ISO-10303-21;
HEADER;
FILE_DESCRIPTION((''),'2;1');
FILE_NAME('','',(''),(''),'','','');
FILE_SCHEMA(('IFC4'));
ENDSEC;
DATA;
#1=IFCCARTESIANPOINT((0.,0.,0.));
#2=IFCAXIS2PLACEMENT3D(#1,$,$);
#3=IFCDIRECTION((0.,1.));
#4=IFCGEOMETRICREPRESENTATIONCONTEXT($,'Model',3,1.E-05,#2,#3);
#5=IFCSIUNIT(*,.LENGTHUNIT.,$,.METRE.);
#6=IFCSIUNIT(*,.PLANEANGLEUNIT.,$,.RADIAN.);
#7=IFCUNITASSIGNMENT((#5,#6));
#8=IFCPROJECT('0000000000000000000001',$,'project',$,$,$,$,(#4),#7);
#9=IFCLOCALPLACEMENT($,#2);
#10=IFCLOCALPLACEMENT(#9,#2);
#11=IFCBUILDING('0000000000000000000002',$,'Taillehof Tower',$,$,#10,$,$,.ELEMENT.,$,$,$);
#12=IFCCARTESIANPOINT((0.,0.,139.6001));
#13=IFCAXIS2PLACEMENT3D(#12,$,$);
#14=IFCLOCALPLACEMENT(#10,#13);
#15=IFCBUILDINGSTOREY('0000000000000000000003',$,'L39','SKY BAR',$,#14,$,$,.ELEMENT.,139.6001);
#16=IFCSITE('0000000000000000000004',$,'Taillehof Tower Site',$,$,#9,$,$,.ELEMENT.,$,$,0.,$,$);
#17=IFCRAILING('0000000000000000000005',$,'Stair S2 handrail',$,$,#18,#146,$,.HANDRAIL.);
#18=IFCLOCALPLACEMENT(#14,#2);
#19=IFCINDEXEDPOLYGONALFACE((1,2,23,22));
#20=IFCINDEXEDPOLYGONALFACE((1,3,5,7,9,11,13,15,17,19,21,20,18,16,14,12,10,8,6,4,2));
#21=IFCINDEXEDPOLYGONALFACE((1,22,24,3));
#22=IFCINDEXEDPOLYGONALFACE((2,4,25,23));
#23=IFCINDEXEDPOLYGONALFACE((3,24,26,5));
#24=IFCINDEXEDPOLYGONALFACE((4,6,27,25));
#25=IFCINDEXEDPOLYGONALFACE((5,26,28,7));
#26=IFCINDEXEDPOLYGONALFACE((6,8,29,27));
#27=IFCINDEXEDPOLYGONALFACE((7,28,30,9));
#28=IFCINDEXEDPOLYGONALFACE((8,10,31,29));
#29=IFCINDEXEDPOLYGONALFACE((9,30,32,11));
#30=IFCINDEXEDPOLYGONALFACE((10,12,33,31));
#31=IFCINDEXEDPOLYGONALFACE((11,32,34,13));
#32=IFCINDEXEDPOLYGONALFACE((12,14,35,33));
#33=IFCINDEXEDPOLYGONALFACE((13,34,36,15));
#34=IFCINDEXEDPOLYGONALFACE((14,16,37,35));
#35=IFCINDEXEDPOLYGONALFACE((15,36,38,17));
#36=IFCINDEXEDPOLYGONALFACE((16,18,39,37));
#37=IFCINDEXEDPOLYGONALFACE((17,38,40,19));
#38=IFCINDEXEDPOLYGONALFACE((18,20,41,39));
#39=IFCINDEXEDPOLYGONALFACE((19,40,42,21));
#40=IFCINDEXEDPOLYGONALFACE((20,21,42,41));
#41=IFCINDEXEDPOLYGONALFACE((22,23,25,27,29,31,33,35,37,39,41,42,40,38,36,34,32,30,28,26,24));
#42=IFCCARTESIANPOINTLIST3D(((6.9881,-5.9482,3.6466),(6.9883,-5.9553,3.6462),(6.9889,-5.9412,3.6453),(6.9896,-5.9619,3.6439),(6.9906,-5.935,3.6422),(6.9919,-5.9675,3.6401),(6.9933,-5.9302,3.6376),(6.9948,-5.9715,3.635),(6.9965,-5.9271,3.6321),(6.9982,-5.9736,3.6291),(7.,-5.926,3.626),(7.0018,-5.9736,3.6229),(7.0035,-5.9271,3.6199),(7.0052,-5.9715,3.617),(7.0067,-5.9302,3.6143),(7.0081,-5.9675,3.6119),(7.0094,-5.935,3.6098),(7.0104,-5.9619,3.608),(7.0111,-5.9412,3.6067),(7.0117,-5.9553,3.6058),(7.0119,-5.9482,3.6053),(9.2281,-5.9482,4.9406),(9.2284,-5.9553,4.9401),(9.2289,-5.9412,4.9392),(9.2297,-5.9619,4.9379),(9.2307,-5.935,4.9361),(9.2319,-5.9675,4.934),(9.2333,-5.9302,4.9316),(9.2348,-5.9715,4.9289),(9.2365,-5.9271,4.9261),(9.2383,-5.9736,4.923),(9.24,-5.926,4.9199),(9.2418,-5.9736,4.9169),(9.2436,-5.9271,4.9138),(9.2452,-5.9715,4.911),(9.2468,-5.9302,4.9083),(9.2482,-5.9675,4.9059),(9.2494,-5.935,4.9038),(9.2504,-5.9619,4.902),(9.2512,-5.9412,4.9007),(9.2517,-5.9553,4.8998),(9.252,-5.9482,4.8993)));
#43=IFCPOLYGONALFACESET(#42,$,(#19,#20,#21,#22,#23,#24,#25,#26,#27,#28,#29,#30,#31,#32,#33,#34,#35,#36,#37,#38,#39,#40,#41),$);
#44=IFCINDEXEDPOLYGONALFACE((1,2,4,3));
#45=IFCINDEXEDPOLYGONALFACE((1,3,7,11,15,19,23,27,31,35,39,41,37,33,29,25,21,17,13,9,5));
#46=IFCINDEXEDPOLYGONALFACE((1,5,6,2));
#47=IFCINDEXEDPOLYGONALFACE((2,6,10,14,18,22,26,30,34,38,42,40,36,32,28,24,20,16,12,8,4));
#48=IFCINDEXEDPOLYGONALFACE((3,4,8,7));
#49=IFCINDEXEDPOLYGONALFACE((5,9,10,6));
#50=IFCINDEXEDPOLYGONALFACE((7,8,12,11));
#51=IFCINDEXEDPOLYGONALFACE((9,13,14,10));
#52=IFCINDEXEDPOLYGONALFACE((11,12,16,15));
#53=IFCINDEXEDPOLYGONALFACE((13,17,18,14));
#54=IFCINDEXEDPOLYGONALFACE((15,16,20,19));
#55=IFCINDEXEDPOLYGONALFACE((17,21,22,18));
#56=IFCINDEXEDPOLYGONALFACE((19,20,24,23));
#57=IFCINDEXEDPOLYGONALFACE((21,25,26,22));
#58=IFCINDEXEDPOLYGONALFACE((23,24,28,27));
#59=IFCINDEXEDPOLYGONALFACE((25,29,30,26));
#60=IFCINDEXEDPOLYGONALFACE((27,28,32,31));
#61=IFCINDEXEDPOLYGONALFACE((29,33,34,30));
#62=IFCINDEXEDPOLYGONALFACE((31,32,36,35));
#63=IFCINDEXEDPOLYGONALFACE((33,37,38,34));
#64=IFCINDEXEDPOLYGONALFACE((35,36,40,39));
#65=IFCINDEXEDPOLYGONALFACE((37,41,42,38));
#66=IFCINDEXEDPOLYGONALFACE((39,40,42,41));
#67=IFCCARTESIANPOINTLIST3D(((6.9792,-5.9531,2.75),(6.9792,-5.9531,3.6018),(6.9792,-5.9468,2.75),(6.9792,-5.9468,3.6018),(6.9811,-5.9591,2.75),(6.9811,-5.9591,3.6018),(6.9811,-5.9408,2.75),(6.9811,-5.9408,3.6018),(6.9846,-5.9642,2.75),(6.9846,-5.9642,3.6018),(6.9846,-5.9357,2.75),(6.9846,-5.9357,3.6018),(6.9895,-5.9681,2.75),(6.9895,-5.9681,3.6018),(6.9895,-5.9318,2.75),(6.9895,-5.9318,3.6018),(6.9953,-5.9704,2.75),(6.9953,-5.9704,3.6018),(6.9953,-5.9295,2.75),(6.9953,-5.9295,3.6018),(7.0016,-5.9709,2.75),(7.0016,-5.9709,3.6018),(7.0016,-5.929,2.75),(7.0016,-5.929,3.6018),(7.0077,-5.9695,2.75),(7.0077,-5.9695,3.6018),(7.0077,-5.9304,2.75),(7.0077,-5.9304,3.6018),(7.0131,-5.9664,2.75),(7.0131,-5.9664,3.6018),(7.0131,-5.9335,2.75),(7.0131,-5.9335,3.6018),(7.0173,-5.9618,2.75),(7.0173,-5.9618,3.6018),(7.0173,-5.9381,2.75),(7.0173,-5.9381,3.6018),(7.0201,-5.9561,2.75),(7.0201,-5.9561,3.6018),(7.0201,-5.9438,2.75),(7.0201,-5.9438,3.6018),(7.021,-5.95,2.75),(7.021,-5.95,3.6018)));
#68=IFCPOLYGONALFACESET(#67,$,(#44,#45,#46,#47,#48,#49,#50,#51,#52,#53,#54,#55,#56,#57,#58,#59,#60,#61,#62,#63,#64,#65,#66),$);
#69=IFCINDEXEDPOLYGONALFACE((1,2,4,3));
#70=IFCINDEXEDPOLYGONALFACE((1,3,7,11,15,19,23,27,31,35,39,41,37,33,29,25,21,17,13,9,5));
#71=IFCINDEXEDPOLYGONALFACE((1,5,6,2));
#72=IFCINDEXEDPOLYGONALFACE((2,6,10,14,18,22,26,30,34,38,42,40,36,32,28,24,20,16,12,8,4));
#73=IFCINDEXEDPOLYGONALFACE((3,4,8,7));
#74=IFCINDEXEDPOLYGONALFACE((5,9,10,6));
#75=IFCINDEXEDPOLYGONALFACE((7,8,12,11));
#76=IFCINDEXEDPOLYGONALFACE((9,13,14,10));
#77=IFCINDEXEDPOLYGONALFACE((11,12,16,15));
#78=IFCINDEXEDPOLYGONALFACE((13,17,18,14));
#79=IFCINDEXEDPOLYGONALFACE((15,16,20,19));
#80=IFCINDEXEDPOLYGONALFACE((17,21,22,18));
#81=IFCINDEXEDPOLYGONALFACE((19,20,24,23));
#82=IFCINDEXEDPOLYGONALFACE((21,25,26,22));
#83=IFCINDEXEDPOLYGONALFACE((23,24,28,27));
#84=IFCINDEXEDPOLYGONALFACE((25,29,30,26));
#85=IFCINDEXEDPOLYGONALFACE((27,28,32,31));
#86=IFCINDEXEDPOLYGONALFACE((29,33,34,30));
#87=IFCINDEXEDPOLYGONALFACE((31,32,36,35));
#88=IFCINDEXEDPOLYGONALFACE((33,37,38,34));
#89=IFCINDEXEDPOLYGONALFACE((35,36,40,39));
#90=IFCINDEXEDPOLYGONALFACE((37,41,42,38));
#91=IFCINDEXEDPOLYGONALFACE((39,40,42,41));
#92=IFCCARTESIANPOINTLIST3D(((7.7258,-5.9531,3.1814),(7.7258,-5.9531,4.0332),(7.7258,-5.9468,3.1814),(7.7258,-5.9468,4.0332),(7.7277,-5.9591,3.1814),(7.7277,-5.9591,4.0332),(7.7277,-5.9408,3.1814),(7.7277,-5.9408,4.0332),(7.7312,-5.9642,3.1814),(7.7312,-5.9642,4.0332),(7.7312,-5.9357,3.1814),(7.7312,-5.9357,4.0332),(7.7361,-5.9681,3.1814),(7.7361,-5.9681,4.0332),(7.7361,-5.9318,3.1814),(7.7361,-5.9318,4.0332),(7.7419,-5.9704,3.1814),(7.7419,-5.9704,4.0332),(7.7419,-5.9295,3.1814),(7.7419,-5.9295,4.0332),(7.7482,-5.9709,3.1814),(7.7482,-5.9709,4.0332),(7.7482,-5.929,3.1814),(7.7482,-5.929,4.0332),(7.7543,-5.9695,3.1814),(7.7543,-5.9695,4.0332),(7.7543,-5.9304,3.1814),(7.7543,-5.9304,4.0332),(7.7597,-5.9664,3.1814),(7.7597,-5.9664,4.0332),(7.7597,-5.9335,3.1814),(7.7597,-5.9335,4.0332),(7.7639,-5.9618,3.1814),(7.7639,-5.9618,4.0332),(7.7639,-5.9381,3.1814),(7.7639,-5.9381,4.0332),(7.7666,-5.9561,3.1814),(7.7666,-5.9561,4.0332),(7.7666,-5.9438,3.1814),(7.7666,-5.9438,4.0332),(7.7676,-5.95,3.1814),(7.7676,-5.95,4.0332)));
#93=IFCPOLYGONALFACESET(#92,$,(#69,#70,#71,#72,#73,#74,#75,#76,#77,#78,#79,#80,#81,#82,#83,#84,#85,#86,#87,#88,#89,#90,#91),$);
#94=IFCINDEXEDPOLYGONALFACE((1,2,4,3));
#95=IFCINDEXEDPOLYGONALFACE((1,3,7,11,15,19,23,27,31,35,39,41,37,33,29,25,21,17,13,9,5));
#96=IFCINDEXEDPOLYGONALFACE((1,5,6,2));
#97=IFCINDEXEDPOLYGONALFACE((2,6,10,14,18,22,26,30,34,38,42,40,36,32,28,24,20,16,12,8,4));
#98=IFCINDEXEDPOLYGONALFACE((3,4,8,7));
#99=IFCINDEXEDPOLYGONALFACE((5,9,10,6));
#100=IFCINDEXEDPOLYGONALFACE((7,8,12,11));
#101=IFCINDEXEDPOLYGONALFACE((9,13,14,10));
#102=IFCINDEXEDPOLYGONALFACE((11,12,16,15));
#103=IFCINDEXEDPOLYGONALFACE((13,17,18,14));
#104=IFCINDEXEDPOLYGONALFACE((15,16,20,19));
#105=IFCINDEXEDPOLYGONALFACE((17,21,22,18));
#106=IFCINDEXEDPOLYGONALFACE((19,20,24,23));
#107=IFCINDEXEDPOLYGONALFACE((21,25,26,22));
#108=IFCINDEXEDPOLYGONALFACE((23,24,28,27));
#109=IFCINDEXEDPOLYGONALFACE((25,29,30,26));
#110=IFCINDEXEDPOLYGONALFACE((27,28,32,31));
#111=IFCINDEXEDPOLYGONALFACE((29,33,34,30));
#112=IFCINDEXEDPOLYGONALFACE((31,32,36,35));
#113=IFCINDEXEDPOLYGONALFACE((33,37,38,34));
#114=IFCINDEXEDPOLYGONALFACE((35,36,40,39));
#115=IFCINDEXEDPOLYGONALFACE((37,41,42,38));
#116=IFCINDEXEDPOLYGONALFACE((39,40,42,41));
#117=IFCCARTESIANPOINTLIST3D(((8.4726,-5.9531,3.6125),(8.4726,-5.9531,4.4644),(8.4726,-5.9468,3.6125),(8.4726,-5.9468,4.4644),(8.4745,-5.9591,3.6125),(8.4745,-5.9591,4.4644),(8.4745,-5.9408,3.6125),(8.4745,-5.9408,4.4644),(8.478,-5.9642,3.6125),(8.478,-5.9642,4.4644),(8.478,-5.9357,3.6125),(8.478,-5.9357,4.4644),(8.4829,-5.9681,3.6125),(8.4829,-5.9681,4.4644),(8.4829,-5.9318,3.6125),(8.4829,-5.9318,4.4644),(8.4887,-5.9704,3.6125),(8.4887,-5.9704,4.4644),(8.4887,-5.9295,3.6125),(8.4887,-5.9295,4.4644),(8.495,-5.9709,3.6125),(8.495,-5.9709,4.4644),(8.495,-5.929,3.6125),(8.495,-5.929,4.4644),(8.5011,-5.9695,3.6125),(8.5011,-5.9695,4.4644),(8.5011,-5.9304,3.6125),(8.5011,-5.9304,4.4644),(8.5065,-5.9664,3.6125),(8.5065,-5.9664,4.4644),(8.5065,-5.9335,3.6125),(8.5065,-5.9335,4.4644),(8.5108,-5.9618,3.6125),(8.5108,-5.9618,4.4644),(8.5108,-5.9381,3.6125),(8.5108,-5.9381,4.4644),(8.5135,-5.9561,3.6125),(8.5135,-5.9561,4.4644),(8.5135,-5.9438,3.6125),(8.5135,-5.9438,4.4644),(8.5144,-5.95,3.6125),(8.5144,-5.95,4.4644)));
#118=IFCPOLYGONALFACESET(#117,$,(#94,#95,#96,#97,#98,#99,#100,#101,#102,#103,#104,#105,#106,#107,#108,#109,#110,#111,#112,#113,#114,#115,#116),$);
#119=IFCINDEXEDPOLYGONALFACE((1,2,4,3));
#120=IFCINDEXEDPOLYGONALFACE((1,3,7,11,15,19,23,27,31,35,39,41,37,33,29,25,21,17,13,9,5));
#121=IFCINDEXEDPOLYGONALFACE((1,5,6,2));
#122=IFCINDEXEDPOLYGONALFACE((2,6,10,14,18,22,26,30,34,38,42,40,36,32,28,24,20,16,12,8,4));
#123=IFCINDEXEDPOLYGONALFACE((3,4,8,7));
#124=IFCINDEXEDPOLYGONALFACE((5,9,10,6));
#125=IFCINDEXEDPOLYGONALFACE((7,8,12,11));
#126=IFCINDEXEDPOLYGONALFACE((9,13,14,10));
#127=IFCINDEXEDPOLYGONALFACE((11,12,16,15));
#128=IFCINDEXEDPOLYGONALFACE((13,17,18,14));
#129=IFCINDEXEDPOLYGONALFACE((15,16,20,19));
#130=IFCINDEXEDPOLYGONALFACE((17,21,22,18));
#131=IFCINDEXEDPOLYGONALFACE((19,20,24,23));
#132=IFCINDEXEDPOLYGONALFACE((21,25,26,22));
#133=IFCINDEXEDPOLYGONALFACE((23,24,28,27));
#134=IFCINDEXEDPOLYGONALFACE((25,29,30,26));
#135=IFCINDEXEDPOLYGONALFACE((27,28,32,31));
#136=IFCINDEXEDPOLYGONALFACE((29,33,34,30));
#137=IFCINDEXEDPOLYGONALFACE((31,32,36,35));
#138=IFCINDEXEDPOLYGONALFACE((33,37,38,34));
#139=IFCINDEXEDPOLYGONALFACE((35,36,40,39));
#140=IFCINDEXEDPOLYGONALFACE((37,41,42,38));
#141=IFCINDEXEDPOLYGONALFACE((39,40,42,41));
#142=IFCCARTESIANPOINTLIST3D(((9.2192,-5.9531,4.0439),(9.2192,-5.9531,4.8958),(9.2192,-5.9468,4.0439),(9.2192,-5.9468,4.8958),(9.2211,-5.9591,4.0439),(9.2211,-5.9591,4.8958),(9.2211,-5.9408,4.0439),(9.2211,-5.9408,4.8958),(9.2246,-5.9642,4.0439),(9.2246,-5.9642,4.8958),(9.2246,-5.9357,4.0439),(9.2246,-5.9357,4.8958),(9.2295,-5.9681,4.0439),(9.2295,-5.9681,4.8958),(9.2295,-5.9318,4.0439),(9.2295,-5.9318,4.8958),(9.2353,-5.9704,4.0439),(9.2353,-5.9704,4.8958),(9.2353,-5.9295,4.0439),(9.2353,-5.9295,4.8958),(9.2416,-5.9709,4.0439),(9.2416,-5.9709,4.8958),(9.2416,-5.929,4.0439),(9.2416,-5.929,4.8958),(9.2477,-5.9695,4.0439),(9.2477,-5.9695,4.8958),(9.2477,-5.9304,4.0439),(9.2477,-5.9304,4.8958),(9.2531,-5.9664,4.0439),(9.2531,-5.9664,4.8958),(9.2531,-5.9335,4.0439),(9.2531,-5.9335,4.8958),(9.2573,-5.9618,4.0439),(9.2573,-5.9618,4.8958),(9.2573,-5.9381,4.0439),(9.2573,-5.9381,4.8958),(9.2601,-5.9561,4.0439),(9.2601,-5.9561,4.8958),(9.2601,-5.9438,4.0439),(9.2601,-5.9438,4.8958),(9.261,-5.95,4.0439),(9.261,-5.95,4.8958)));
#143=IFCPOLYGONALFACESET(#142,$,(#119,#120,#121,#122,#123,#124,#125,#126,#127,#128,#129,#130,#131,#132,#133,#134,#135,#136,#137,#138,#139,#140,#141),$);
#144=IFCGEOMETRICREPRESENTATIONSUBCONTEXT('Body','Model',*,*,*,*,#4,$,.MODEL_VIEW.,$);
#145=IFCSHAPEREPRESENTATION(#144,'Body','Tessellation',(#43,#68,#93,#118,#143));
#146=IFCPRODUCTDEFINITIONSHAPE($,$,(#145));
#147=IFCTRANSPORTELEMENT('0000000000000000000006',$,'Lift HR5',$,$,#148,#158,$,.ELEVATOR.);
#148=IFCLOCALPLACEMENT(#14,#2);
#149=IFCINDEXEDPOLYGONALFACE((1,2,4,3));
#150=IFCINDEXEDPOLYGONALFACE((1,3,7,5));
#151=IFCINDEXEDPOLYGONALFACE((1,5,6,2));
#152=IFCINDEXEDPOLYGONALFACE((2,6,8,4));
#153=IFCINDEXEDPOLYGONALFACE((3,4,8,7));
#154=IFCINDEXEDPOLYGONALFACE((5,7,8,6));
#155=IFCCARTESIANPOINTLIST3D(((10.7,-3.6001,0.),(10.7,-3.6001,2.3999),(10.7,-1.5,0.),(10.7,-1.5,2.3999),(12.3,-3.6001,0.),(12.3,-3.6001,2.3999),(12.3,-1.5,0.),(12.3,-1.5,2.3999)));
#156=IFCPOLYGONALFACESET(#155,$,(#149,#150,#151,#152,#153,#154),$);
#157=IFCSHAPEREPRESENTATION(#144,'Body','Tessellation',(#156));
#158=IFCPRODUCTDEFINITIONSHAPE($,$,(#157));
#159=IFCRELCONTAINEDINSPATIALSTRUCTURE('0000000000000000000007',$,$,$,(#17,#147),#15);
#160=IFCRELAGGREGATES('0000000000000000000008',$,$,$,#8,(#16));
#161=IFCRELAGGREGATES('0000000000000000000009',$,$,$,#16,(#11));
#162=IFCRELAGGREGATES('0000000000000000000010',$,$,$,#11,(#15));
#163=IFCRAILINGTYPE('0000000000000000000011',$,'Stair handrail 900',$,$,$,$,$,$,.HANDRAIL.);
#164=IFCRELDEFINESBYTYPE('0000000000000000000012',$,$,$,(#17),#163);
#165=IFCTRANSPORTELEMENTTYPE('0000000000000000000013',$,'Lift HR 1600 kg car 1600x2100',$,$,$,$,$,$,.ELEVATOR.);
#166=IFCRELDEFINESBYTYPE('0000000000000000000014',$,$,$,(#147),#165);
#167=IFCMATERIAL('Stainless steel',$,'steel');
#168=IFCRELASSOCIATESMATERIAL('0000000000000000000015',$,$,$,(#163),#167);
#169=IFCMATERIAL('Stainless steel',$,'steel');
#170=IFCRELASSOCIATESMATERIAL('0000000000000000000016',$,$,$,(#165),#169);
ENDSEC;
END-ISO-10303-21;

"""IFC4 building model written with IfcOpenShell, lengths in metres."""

from ifc_helpers import new_model, si_unit, direction, frame, origin, origin_2d, place, context, subcontext, project, spatial, rectangle, circle, extrude, material, type_object, element, save


model = new_model("IFC4")

# Units and contexts
model_context = context("Model", 3, precision=1e-05, world=origin(), true_north=direction((0.0, 1.0)))
body_context = subcontext(model_context, "Body", "Model", "MODEL_VIEW")
ifc_project = project(units=[si_unit("LENGTHUNIT", "METRE"), si_unit("PLANEANGLEUNIT", "RADIAN")], contexts=[model_context])

# Site, building, storey
site_placement = place(None, origin())
site = spatial("IfcSite", under=ifc_project, at=site_placement, Name="Taillehof Tower Site", CompositionType="ELEMENT", RefElevation=0.0)
building_placement = place(site_placement, origin())
building = spatial("IfcBuilding", under=site, at=building_placement, Name="Taillehof Tower", CompositionType="ELEMENT")
storey_placement = place(building_placement, frame((0.0, 0.0, 139.6001)))
storey = spatial("IfcBuildingStorey", under=building, at=storey_placement, Name="L39", Description="SKY BAR", CompositionType="ELEMENT", Elevation=139.6001)

# Railing
ifc_material_1 = material(Name="Stainless steel", Category="steel")
railing_type = type_object("IfcRailingType", Name="Stair handrail 900", PredefinedType="HANDRAIL", material=ifc_material_1)
railing_1_placement = place(storey_placement, frame((7.0, -5.95, 2.75)))
element("IfcRailing", 1, at=railing_1_placement, inside=storey, type_object=railing_type, Name="Stair S2 handrail", PredefinedType="HANDRAIL", context=body_context, shape_type="SweptSolid", body=[
    extrude(circle(Radius=0.0239, at=origin_2d()), frame((0.0, 0.0, 0.876), z_axis=(0.86591, 0.0, 0.500199), x_axis=(0.0, 1.0, 0.0)), (0.0, 0.0, 1.0), 2.5869),
    extrude(circle(Radius=0.021, at=origin_2d()), origin(), (0.0, 0.0, 1.0), 0.8518),
    extrude(circle(Radius=0.021, at=origin_2d()), frame((0.7466, 0.0, 0.4314)), (0.0, 0.0, 1.0), 0.8518),
    extrude(circle(Radius=0.021, at=origin_2d()), frame((1.4934, 0.0, 0.8625)), (0.0, 0.0, 1.0), 0.8518),
    extrude(circle(Radius=0.021, at=origin_2d()), frame((2.24, 0.0, 1.2939)), (0.0, 0.0, 1.0), 0.8518),
])

# Transport element
ifc_material_2 = material(Name="Stainless steel", Category="steel")
transport_element_type = type_object("IfcTransportElementType", Name="Lift HR 1600 kg car 1600x2100", PredefinedType="ELEVATOR", material=ifc_material_2)
transport_element_placement = place(storey_placement, frame((11.5, -2.55, 0.0), z_axis=(0.0, 0.0, 1.0), x_axis=(1.0, 0.0, 0.0)))
element("IfcTransportElement", 2, at=transport_element_placement, inside=storey, type_object=transport_element_type, Name="Lift HR5", PredefinedType="ELEVATOR", context=body_context, shape_type="SweptSolid", body=[
    extrude(rectangle(XDim=1.6001, YDim=2.1001, at=origin_2d()), origin(), (0.0, 0.0, 1.0), 2.3999),
])

save(model, "model.ifc")
